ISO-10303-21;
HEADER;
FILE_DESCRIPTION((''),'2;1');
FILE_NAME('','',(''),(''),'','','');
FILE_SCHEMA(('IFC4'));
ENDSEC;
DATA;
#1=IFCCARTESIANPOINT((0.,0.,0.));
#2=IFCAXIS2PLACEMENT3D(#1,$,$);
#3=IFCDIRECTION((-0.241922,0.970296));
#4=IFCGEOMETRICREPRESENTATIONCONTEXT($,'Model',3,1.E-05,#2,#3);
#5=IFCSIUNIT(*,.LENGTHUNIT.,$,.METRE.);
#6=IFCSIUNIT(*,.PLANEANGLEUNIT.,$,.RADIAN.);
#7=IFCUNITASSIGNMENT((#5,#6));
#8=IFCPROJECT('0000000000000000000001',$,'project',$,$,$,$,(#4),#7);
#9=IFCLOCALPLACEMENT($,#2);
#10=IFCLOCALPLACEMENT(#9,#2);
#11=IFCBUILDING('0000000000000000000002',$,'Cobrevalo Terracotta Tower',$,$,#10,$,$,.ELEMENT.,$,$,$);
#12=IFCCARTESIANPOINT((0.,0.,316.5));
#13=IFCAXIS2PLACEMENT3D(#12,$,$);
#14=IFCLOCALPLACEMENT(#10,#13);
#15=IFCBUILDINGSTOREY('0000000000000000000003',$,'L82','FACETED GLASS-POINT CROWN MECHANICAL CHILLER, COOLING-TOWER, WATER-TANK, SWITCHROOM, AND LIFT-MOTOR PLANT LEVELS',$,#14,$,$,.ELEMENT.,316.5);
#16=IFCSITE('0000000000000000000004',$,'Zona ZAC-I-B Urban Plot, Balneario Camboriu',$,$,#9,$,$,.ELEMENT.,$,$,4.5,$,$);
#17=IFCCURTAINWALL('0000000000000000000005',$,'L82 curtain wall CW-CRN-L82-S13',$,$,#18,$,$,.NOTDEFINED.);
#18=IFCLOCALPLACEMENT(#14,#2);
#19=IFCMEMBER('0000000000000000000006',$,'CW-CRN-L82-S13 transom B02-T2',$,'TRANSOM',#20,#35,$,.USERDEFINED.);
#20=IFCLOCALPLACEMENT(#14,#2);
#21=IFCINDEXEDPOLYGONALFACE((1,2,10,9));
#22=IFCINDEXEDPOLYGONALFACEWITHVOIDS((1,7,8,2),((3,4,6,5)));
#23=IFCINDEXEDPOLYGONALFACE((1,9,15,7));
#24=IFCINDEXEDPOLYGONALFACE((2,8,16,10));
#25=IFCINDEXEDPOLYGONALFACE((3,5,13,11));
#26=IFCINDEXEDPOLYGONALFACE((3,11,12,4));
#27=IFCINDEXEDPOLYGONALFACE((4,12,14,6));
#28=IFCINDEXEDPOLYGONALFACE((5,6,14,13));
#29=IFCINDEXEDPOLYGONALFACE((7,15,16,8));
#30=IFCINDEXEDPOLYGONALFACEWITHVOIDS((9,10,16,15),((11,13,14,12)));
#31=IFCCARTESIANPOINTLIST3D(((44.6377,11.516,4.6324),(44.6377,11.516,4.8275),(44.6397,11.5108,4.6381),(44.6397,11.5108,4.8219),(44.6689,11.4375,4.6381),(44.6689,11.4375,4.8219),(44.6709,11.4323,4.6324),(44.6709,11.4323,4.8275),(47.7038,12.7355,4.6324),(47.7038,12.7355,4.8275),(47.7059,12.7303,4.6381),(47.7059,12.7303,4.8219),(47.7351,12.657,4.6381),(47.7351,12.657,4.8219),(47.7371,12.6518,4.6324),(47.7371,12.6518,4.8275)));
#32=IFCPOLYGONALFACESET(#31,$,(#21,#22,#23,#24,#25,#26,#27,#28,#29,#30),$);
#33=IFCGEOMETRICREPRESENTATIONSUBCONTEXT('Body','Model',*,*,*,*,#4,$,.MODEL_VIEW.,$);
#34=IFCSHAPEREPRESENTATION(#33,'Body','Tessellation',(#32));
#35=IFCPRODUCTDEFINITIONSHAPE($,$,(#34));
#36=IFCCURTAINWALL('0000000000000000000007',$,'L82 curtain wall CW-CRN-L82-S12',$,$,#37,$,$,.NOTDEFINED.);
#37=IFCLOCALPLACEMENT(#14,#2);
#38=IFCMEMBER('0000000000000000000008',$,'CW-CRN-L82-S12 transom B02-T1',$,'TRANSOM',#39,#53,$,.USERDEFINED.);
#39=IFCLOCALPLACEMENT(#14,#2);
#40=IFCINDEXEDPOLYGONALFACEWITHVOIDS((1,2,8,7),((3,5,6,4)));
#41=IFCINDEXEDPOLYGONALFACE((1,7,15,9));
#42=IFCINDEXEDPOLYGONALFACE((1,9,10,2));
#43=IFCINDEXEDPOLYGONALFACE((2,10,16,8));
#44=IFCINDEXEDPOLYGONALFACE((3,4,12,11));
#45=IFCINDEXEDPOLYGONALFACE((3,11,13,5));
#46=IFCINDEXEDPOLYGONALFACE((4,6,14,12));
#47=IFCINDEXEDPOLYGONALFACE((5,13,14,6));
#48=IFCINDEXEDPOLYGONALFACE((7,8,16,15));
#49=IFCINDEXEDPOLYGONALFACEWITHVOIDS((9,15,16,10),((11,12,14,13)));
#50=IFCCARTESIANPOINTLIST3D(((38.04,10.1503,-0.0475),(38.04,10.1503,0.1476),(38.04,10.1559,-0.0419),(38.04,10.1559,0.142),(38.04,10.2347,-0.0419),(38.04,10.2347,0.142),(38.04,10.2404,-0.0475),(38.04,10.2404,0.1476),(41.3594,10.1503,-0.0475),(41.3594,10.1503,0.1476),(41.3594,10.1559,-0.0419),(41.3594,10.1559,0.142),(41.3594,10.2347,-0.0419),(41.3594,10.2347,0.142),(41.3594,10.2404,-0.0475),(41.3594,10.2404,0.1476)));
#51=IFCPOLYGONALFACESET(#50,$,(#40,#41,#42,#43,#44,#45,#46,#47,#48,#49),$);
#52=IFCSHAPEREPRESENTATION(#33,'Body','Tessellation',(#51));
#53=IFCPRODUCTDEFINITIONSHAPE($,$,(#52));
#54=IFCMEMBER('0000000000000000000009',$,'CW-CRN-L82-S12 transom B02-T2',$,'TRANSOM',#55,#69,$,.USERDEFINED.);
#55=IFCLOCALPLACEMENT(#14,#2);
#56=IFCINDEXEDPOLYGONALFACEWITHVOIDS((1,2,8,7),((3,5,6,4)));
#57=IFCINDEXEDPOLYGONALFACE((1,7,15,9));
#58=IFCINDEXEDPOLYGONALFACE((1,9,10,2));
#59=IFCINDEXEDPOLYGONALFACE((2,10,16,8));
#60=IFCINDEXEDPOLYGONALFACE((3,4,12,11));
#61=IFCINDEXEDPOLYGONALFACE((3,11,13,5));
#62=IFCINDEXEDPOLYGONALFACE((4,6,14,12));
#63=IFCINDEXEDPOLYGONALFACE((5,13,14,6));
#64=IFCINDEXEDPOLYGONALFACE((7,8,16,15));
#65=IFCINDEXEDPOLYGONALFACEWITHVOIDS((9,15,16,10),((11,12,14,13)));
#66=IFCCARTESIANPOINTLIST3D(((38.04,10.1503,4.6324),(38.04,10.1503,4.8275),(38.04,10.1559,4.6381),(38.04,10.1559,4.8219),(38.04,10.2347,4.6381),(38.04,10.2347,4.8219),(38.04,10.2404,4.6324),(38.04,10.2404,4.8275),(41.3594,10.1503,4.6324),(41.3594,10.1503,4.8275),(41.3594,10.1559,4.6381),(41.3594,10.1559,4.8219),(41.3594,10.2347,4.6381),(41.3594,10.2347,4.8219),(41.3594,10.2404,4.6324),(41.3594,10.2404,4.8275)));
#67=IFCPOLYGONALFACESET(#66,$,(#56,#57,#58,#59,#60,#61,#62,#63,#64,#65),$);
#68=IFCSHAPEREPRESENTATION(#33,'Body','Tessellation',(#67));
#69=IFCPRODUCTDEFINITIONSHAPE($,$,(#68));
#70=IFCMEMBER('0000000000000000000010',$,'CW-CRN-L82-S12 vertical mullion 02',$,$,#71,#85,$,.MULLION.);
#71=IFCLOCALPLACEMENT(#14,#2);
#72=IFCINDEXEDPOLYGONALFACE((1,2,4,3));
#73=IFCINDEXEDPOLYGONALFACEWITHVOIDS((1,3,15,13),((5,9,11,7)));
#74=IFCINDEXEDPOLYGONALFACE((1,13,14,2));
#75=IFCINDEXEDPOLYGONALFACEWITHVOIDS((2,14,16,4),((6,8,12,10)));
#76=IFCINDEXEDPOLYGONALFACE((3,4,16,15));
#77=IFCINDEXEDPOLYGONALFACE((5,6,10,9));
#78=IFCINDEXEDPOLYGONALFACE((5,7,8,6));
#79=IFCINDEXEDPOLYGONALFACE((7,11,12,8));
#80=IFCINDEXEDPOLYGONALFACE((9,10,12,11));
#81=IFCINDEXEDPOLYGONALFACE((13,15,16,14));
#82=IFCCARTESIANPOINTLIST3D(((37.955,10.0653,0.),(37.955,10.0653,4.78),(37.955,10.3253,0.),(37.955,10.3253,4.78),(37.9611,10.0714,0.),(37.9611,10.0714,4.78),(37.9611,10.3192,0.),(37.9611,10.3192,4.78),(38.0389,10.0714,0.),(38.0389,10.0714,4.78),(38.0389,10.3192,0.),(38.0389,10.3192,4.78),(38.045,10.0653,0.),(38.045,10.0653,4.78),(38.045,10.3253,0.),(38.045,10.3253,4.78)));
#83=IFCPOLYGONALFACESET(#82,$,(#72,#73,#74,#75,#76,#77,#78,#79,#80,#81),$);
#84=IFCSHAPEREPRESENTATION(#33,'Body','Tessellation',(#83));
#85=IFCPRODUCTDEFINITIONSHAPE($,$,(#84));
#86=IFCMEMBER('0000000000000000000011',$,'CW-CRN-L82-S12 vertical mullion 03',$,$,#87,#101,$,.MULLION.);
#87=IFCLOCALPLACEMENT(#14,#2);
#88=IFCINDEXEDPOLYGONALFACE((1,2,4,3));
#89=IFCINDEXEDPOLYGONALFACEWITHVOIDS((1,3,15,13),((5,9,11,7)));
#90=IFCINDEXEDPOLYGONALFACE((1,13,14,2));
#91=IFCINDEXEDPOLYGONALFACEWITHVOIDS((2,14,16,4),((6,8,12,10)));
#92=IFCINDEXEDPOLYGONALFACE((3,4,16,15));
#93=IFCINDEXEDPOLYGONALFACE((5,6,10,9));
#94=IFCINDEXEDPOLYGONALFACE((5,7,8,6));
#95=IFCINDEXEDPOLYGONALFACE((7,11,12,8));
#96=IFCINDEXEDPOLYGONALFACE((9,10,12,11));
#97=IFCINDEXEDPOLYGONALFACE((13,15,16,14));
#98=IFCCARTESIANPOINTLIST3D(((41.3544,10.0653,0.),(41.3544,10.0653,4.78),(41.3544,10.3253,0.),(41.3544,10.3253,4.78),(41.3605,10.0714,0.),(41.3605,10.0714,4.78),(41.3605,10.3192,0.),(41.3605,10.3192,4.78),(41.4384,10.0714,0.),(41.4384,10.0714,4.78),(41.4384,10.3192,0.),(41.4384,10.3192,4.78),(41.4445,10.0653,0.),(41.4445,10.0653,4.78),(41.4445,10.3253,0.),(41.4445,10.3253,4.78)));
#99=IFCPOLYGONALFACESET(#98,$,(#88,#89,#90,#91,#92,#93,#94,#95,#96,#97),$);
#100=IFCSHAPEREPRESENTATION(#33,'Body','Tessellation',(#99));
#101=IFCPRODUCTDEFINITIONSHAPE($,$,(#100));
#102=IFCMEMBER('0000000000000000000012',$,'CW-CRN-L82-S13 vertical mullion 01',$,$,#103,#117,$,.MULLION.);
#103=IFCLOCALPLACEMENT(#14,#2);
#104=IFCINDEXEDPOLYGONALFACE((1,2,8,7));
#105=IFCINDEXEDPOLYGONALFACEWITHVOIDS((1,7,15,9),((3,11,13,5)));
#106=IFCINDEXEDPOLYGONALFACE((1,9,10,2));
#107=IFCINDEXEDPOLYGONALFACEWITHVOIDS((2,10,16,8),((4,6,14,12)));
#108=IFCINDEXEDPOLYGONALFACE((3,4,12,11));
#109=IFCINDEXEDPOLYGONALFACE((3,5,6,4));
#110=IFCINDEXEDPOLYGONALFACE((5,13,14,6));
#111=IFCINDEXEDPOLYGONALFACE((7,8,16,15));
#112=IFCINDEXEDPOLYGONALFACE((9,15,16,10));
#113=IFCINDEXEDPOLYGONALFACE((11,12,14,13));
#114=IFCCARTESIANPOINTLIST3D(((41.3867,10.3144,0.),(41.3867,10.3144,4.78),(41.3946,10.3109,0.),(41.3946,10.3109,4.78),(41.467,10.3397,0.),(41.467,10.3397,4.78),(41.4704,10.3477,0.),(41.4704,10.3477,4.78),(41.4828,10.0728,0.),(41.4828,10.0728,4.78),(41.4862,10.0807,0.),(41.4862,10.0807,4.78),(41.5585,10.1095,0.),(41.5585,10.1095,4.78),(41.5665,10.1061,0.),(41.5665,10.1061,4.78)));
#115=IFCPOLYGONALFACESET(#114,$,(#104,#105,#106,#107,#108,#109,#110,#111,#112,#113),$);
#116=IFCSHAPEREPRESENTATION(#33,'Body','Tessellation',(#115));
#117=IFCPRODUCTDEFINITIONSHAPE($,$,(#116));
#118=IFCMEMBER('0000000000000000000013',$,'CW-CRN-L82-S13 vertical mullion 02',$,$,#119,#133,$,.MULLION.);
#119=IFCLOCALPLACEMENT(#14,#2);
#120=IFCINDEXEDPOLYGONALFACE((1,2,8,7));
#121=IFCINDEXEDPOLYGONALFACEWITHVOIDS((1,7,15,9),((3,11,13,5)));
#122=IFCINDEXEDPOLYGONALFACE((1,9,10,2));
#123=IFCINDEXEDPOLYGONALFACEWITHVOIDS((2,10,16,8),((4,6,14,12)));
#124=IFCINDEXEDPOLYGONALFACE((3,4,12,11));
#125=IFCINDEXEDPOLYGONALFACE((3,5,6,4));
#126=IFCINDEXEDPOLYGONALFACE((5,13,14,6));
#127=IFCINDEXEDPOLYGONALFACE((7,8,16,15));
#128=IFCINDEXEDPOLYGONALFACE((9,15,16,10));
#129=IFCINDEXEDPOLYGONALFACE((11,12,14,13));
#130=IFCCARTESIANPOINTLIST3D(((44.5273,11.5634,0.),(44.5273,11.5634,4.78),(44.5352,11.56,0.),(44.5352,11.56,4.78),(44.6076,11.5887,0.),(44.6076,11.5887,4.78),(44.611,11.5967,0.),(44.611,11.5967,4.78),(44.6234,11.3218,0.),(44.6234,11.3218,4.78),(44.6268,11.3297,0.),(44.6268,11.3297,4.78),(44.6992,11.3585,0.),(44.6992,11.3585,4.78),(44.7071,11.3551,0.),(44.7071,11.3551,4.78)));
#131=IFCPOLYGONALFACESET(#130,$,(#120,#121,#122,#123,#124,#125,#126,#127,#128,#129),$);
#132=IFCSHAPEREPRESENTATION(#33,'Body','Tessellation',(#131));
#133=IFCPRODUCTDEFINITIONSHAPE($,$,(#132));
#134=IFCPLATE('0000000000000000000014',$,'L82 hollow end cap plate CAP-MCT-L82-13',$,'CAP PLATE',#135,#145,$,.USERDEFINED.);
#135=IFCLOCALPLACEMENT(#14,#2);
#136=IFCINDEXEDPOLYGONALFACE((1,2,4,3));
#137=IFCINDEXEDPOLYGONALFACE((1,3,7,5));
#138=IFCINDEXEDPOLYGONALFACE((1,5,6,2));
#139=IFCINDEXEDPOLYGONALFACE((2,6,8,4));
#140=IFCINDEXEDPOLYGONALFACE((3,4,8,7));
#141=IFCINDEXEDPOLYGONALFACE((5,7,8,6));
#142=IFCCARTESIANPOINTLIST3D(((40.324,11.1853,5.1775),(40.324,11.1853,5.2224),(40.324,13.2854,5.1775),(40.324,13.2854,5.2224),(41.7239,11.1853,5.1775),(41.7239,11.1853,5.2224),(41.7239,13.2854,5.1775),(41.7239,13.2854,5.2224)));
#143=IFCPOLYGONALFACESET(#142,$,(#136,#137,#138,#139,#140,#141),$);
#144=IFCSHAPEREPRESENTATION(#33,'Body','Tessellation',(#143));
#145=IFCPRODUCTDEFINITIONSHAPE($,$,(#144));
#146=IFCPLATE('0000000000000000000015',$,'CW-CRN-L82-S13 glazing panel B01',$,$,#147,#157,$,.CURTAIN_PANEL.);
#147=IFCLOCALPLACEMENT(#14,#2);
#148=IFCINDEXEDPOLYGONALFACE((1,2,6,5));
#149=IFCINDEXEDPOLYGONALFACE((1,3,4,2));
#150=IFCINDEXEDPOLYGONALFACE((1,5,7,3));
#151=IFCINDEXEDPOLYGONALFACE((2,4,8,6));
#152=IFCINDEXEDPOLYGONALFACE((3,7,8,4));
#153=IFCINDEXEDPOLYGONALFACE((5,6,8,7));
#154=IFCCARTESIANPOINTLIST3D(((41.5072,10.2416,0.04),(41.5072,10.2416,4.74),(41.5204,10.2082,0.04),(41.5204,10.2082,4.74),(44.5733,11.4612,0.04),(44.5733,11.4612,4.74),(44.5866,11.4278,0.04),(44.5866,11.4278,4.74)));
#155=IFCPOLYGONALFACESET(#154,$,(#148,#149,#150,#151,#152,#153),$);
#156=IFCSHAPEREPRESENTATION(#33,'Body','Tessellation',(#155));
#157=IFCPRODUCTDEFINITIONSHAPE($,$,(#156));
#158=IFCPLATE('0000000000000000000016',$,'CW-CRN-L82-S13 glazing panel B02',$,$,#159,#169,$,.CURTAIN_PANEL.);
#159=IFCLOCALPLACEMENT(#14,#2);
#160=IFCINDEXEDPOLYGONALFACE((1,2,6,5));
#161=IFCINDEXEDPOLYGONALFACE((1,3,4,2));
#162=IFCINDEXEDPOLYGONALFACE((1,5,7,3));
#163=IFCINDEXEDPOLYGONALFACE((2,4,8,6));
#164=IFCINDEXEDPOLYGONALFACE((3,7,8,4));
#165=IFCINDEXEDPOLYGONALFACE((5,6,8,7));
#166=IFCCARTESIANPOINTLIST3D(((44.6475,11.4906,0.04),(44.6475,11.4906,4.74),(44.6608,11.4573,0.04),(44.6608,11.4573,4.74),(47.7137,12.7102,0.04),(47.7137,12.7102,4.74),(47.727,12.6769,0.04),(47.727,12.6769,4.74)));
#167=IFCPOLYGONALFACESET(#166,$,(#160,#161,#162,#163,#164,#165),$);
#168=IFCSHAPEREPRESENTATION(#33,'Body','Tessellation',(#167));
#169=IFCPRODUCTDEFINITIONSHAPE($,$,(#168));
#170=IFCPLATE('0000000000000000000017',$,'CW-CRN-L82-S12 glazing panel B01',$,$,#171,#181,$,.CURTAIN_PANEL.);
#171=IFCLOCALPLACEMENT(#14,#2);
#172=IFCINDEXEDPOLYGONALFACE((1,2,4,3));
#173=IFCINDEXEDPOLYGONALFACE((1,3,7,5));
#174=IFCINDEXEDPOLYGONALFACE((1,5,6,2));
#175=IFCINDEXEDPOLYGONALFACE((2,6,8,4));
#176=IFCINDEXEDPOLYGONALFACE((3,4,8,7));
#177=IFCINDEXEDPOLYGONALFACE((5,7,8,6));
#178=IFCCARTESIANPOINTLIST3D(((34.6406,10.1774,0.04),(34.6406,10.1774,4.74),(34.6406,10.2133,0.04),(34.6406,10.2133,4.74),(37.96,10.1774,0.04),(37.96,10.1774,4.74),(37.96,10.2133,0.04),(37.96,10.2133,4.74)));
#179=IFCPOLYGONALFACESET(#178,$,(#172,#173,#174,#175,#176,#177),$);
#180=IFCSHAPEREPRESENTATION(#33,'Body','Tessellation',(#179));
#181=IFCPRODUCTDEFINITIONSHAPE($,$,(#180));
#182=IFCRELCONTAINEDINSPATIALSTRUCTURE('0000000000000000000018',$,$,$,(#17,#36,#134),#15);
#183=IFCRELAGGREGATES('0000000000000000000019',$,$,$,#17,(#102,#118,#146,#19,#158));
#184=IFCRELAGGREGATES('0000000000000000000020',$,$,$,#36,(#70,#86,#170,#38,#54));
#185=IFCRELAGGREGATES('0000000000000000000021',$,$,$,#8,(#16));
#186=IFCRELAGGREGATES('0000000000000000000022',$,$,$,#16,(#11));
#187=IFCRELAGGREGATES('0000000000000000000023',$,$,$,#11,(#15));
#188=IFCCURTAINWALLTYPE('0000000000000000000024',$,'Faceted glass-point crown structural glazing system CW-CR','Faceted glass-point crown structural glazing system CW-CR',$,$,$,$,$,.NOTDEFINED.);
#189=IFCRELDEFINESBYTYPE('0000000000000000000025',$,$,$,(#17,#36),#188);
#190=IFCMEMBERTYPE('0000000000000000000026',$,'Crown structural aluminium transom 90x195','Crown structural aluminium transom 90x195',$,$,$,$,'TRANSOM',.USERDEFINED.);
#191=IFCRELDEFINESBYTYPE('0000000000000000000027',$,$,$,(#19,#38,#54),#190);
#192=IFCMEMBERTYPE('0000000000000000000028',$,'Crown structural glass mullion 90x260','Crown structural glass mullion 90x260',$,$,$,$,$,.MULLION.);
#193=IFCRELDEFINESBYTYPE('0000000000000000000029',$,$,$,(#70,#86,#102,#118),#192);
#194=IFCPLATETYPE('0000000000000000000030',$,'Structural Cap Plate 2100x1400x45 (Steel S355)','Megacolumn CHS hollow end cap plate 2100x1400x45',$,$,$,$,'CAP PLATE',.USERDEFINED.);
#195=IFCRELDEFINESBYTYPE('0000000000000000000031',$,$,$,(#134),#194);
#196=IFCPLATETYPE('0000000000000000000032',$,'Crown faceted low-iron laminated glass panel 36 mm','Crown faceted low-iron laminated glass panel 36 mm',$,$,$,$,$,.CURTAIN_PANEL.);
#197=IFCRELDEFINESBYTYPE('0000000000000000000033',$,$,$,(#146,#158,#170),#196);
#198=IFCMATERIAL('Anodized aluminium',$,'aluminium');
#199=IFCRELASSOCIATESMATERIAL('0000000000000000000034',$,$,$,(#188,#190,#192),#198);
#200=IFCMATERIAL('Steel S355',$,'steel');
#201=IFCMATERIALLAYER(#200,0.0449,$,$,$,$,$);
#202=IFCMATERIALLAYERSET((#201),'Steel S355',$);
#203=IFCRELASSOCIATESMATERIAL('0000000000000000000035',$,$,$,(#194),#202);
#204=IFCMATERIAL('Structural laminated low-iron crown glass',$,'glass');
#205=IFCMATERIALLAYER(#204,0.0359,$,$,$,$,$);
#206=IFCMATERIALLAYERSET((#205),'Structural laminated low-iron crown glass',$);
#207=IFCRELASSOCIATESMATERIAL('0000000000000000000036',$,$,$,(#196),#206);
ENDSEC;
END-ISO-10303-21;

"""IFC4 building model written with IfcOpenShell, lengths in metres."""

from ifc_helpers import new_model, si_unit, direction, frame, origin, origin_2d, place, context, subcontext, project, spatial, rectangle, hollow_rectangle, extrude, source, transform, mapped, material, layer, layer_set, material_profile, profile_set, type_object, element, aggregate, save


model = new_model("IFC4")

# Units and contexts
model_context = context("Model", 3, precision=1e-05, world=origin(), true_north=direction((-0.241922, 0.970296)))
body_context = subcontext(model_context, "Body", "Model", "MODEL_VIEW")
ifc_project = project(units=[si_unit("LENGTHUNIT", "METRE"), si_unit("PLANEANGLEUNIT", "RADIAN")], contexts=[model_context])

# Site, building, storey
site_placement = place(None, origin())
site = spatial("IfcSite", under=ifc_project, at=site_placement, Name="Zona ZAC-I-B Urban Plot, Balneario Camboriu", CompositionType="ELEMENT", RefElevation=4.5)
building_placement = place(site_placement, origin())
building = spatial("IfcBuilding", under=site, at=building_placement, Name="Cobrevalo Terracotta Tower", CompositionType="ELEMENT")
storey_placement = place(building_placement, frame((0.0, 0.0, 316.5)))
storey = spatial("IfcBuildingStorey", under=building, at=storey_placement, Name="L82", Description="FACETED GLASS-POINT CROWN MECHANICAL CHILLER, COOLING-TOWER, WATER-TANK, SWITCHROOM, AND LIFT-MOTOR PLANT LEVELS", CompositionType="ELEMENT", Elevation=316.5)

# Shared definitions
ifc_material_1 = material(Name="Steel S355", Category="steel")

# Curtain walls, members
ifc_material_2 = material(Name="Anodized aluminium", Category="aluminium")
curtain_wall_type = type_object("IfcCurtainWallType", Name="Faceted glass-point crown structural glazing system CW-CR", Description="Faceted glass-point crown structural glazing system CW-CR", PredefinedType="NOTDEFINED", material=ifc_material_2)
curtain_wall_1_placement = place(storey_placement, origin())
curtain_wall_1 = element("IfcCurtainWall", 1, at=curtain_wall_1_placement, inside=storey, type_object=curtain_wall_type, Name="L82 curtain wall CW-CRN-L82-S13", PredefinedType="NOTDEFINED")
ifc_material_profile_1 = material_profile(ifc_material_2, hollow_rectangle(XDim=0.0901, YDim=0.1951, WallThickness=0.0056, at=origin_2d()), Name="CWT 90x195")
ifc_profile_set_1 = profile_set([ifc_material_profile_1], Name="Anodized aluminium")
member_type_1 = type_object("IfcMemberType", Name="Crown structural aluminium transom 90x195", Description="Crown structural aluminium transom 90x195", ElementType="TRANSOM", PredefinedType="USERDEFINED", material=ifc_profile_set_1)
shared_shape_1 = source(origin(), body_context, "Body", "SweptSolid", [
    extrude(hollow_rectangle(XDim=0.0901, YDim=0.1951, WallThickness=0.0056, at=origin_2d()), origin(), (0.0, 0.0, 1.0), 3.2998),
])
member_1_placement = place(storey_placement, frame((44.6543, 11.4741, 4.73), z_axis=(0.929205, 0.369566, 0.0), x_axis=(-0.369566, 0.929205, 0.0)))
member_1 = element("IfcMember", 2, at=member_1_placement, type_object=member_type_1, Name="CW-CRN-L82-S13 transom B02-T2", ObjectType="TRANSOM", PredefinedType="USERDEFINED", context=body_context, shape_type="MappedRepresentation", body=[
    mapped(shared_shape_1, transform((0.0, 0.0, 0.0), scale=1.0)),
])
curtain_wall_2_placement = place(storey_placement, origin())
curtain_wall_2 = element("IfcCurtainWall", 3, at=curtain_wall_2_placement, inside=storey, type_object=curtain_wall_type, Name="L82 curtain wall CW-CRN-L82-S12", PredefinedType="NOTDEFINED")
shared_shape_2 = source(origin(), body_context, "Body", "SweptSolid", [
    extrude(hollow_rectangle(XDim=0.0901, YDim=0.1951, WallThickness=0.0056, at=origin_2d()), origin(), (0.0, 0.0, 1.0), 3.3193),
])
member_2_placement = place(storey_placement, frame((38.04, 10.1953, 0.05), z_axis=(1.0, 0.0, 0.0), x_axis=(0.0, 1.0, 0.0)))
member_2 = element("IfcMember", 4, at=member_2_placement, type_object=member_type_1, Name="CW-CRN-L82-S12 transom B02-T1", ObjectType="TRANSOM", PredefinedType="USERDEFINED", context=body_context, shape_type="MappedRepresentation", body=[
    mapped(shared_shape_2, transform((0.0, 0.0, 0.0), scale=1.0)),
])
member_3_placement = place(storey_placement, frame((38.04, 10.1953, 4.73), z_axis=(1.0, 0.0, 0.0), x_axis=(0.0, 1.0, 0.0)))
member_3 = element("IfcMember", 5, at=member_3_placement, type_object=member_type_1, Name="CW-CRN-L82-S12 transom B02-T2", ObjectType="TRANSOM", PredefinedType="USERDEFINED", context=body_context, shape_type="MappedRepresentation", body=[
    mapped(shared_shape_2, transform((0.0, 0.0, 0.0), scale=1.0)),
])
ifc_material_profile_2 = material_profile(ifc_material_2, hollow_rectangle(XDim=0.0901, YDim=0.26, WallThickness=0.0061, at=origin_2d()), Name="CWM 90x260")
ifc_profile_set_2 = profile_set([ifc_material_profile_2], Name="Anodized aluminium")
member_type_2 = type_object("IfcMemberType", Name="Crown structural glass mullion 90x260", Description="Crown structural glass mullion 90x260", PredefinedType="MULLION", material=ifc_profile_set_2)
shared_shape_3 = source(origin(), body_context, "Body", "SweptSolid", [
    extrude(hollow_rectangle(XDim=0.0901, YDim=0.26, WallThickness=0.0061, at=origin_2d()), origin(), (0.0, 0.0, 1.0), 4.78),
])
member_4_placement = place(storey_placement, frame((38.0, 10.1953, 0.0), z_axis=(0.0, 0.0, 1.0), x_axis=(1.0, 0.0, 0.0)))
member_4 = element("IfcMember", 6, at=member_4_placement, type_object=member_type_2, Name="CW-CRN-L82-S12 vertical mullion 02", PredefinedType="MULLION", context=body_context, shape_type="MappedRepresentation", body=[
    mapped(shared_shape_3, transform((0.0, 0.0, 0.0), scale=1.0)),
])
member_5_placement = place(storey_placement, frame((41.3994, 10.1953, 0.0), z_axis=(0.0, 0.0, 1.0), x_axis=(1.0, 0.0, 0.0)))
member_5 = element("IfcMember", 7, at=member_5_placement, type_object=member_type_2, Name="CW-CRN-L82-S12 vertical mullion 03", PredefinedType="MULLION", context=body_context, shape_type="MappedRepresentation", body=[
    mapped(shared_shape_3, transform((0.0, 0.0, 0.0), scale=1.0)),
])

# Members
member_6_placement = place(storey_placement, frame((41.4766, 10.2102, 0.0), z_axis=(0.0, 0.0, 1.0), x_axis=(0.929191, 0.369601, 0.0)))
member_6 = element("IfcMember", 8, at=member_6_placement, type_object=member_type_2, Name="CW-CRN-L82-S13 vertical mullion 01", PredefinedType="MULLION", context=body_context, shape_type="MappedRepresentation", body=[
    mapped(shared_shape_3, transform((0.0, 0.0, 0.0), scale=1.0)),
])
member_7_placement = place(storey_placement, frame((44.6172, 11.4592, 0.0), z_axis=(0.0, 0.0, 1.0), x_axis=(0.929191, 0.369601, 0.0)))
member_7 = element("IfcMember", 9, at=member_7_placement, type_object=member_type_2, Name="CW-CRN-L82-S13 vertical mullion 02", PredefinedType="MULLION", context=body_context, shape_type="MappedRepresentation", body=[
    mapped(shared_shape_3, transform((0.0, 0.0, 0.0), scale=1.0)),
])

# Plates
ifc_layer_1 = layer(ifc_material_1, 0.0449)
ifc_layer_set_1 = layer_set([ifc_layer_1], Name="Steel S355")
plate_type_1 = type_object("IfcPlateType", Name="Structural Cap Plate 2100x1400x45 (Steel S355)", Description="Megacolumn CHS hollow end cap plate 2100x1400x45", ElementType="CAP PLATE", PredefinedType="USERDEFINED", material=ifc_layer_set_1)
shared_shape_4 = source(origin(), body_context, "Body", "SweptSolid", [
    extrude(rectangle(XDim=2.1001, YDim=1.3999, at=origin_2d()), origin(), (0.0, 0.0, 1.0), 0.0449),
])
plate_1_placement = place(storey_placement, frame((41.0239, 12.2354, 5.1775), z_axis=(0.0, 0.0, 1.0), x_axis=(0.0, -1.0, 0.0)))
element("IfcPlate", 10, at=plate_1_placement, inside=storey, type_object=plate_type_1, Name="L82 hollow end cap plate CAP-MCT-L82-13", ObjectType="CAP PLATE", PredefinedType="USERDEFINED", context=body_context, shape_type="MappedRepresentation", body=[
    mapped(shared_shape_4, transform((0.0, 0.0, 0.0), scale=1.0)),
])
ifc_material_3 = material(Name="Structural laminated low-iron crown glass", Category="glass")
ifc_layer_2 = layer(ifc_material_3, 0.0359)
ifc_layer_set_2 = layer_set([ifc_layer_2], Name="Structural laminated low-iron crown glass")
plate_type_2 = type_object("IfcPlateType", Name="Crown faceted low-iron laminated glass panel 36 mm", Description="Crown faceted low-iron laminated glass panel 36 mm", PredefinedType="CURTAIN_PANEL", material=ifc_layer_set_2)
shared_shape_5 = source(origin(), body_context, "Body", "SweptSolid", [
    extrude(rectangle(XDim=3.2998, YDim=0.0359, at=origin_2d()), origin(), (0.0, 0.0, 1.0), 4.7),
])
plate_2_placement = place(storey_placement, frame((43.0469, 10.8347, 0.04), z_axis=(0.0, 0.0, 1.0), x_axis=(0.929191, 0.369601, 0.0)))
plate_2 = element("IfcPlate", 11, at=plate_2_placement, type_object=plate_type_2, Name="CW-CRN-L82-S13 glazing panel B01", PredefinedType="CURTAIN_PANEL", context=body_context, shape_type="MappedRepresentation", body=[
    mapped(shared_shape_5, transform((0.0, 0.0, 0.0), scale=1.0)),
])
plate_3_placement = place(storey_placement, frame((46.1873, 12.0837, 0.04), z_axis=(0.0, 0.0, 1.0), x_axis=(0.929191, 0.369601, 0.0)))
plate_3 = element("IfcPlate", 12, at=plate_3_placement, type_object=plate_type_2, Name="CW-CRN-L82-S13 glazing panel B02", PredefinedType="CURTAIN_PANEL", context=body_context, shape_type="MappedRepresentation", body=[
    mapped(shared_shape_5, transform((0.0, 0.0, 0.0), scale=1.0)),
])
aggregate(curtain_wall_1, [member_6, member_7, plate_2, member_1, plate_3])
shared_shape_6 = source(origin(), body_context, "Body", "SweptSolid", [
    extrude(rectangle(XDim=3.3193, YDim=0.0359, at=origin_2d()), origin(), (0.0, 0.0, 1.0), 4.7),
])
plate_4_placement = place(storey_placement, frame((36.3003, 10.1953, 0.04), z_axis=(0.0, 0.0, 1.0), x_axis=(1.0, 0.0, 0.0)))
plate_4 = element("IfcPlate", 13, at=plate_4_placement, type_object=plate_type_2, Name="CW-CRN-L82-S12 glazing panel B01", PredefinedType="CURTAIN_PANEL", context=body_context, shape_type="MappedRepresentation", body=[
    mapped(shared_shape_6, transform((0.0, 0.0, 0.0), scale=1.0)),
])
aggregate(curtain_wall_2, [member_4, member_5, plate_4, member_2, member_3])

save(model, "model.ifc")
